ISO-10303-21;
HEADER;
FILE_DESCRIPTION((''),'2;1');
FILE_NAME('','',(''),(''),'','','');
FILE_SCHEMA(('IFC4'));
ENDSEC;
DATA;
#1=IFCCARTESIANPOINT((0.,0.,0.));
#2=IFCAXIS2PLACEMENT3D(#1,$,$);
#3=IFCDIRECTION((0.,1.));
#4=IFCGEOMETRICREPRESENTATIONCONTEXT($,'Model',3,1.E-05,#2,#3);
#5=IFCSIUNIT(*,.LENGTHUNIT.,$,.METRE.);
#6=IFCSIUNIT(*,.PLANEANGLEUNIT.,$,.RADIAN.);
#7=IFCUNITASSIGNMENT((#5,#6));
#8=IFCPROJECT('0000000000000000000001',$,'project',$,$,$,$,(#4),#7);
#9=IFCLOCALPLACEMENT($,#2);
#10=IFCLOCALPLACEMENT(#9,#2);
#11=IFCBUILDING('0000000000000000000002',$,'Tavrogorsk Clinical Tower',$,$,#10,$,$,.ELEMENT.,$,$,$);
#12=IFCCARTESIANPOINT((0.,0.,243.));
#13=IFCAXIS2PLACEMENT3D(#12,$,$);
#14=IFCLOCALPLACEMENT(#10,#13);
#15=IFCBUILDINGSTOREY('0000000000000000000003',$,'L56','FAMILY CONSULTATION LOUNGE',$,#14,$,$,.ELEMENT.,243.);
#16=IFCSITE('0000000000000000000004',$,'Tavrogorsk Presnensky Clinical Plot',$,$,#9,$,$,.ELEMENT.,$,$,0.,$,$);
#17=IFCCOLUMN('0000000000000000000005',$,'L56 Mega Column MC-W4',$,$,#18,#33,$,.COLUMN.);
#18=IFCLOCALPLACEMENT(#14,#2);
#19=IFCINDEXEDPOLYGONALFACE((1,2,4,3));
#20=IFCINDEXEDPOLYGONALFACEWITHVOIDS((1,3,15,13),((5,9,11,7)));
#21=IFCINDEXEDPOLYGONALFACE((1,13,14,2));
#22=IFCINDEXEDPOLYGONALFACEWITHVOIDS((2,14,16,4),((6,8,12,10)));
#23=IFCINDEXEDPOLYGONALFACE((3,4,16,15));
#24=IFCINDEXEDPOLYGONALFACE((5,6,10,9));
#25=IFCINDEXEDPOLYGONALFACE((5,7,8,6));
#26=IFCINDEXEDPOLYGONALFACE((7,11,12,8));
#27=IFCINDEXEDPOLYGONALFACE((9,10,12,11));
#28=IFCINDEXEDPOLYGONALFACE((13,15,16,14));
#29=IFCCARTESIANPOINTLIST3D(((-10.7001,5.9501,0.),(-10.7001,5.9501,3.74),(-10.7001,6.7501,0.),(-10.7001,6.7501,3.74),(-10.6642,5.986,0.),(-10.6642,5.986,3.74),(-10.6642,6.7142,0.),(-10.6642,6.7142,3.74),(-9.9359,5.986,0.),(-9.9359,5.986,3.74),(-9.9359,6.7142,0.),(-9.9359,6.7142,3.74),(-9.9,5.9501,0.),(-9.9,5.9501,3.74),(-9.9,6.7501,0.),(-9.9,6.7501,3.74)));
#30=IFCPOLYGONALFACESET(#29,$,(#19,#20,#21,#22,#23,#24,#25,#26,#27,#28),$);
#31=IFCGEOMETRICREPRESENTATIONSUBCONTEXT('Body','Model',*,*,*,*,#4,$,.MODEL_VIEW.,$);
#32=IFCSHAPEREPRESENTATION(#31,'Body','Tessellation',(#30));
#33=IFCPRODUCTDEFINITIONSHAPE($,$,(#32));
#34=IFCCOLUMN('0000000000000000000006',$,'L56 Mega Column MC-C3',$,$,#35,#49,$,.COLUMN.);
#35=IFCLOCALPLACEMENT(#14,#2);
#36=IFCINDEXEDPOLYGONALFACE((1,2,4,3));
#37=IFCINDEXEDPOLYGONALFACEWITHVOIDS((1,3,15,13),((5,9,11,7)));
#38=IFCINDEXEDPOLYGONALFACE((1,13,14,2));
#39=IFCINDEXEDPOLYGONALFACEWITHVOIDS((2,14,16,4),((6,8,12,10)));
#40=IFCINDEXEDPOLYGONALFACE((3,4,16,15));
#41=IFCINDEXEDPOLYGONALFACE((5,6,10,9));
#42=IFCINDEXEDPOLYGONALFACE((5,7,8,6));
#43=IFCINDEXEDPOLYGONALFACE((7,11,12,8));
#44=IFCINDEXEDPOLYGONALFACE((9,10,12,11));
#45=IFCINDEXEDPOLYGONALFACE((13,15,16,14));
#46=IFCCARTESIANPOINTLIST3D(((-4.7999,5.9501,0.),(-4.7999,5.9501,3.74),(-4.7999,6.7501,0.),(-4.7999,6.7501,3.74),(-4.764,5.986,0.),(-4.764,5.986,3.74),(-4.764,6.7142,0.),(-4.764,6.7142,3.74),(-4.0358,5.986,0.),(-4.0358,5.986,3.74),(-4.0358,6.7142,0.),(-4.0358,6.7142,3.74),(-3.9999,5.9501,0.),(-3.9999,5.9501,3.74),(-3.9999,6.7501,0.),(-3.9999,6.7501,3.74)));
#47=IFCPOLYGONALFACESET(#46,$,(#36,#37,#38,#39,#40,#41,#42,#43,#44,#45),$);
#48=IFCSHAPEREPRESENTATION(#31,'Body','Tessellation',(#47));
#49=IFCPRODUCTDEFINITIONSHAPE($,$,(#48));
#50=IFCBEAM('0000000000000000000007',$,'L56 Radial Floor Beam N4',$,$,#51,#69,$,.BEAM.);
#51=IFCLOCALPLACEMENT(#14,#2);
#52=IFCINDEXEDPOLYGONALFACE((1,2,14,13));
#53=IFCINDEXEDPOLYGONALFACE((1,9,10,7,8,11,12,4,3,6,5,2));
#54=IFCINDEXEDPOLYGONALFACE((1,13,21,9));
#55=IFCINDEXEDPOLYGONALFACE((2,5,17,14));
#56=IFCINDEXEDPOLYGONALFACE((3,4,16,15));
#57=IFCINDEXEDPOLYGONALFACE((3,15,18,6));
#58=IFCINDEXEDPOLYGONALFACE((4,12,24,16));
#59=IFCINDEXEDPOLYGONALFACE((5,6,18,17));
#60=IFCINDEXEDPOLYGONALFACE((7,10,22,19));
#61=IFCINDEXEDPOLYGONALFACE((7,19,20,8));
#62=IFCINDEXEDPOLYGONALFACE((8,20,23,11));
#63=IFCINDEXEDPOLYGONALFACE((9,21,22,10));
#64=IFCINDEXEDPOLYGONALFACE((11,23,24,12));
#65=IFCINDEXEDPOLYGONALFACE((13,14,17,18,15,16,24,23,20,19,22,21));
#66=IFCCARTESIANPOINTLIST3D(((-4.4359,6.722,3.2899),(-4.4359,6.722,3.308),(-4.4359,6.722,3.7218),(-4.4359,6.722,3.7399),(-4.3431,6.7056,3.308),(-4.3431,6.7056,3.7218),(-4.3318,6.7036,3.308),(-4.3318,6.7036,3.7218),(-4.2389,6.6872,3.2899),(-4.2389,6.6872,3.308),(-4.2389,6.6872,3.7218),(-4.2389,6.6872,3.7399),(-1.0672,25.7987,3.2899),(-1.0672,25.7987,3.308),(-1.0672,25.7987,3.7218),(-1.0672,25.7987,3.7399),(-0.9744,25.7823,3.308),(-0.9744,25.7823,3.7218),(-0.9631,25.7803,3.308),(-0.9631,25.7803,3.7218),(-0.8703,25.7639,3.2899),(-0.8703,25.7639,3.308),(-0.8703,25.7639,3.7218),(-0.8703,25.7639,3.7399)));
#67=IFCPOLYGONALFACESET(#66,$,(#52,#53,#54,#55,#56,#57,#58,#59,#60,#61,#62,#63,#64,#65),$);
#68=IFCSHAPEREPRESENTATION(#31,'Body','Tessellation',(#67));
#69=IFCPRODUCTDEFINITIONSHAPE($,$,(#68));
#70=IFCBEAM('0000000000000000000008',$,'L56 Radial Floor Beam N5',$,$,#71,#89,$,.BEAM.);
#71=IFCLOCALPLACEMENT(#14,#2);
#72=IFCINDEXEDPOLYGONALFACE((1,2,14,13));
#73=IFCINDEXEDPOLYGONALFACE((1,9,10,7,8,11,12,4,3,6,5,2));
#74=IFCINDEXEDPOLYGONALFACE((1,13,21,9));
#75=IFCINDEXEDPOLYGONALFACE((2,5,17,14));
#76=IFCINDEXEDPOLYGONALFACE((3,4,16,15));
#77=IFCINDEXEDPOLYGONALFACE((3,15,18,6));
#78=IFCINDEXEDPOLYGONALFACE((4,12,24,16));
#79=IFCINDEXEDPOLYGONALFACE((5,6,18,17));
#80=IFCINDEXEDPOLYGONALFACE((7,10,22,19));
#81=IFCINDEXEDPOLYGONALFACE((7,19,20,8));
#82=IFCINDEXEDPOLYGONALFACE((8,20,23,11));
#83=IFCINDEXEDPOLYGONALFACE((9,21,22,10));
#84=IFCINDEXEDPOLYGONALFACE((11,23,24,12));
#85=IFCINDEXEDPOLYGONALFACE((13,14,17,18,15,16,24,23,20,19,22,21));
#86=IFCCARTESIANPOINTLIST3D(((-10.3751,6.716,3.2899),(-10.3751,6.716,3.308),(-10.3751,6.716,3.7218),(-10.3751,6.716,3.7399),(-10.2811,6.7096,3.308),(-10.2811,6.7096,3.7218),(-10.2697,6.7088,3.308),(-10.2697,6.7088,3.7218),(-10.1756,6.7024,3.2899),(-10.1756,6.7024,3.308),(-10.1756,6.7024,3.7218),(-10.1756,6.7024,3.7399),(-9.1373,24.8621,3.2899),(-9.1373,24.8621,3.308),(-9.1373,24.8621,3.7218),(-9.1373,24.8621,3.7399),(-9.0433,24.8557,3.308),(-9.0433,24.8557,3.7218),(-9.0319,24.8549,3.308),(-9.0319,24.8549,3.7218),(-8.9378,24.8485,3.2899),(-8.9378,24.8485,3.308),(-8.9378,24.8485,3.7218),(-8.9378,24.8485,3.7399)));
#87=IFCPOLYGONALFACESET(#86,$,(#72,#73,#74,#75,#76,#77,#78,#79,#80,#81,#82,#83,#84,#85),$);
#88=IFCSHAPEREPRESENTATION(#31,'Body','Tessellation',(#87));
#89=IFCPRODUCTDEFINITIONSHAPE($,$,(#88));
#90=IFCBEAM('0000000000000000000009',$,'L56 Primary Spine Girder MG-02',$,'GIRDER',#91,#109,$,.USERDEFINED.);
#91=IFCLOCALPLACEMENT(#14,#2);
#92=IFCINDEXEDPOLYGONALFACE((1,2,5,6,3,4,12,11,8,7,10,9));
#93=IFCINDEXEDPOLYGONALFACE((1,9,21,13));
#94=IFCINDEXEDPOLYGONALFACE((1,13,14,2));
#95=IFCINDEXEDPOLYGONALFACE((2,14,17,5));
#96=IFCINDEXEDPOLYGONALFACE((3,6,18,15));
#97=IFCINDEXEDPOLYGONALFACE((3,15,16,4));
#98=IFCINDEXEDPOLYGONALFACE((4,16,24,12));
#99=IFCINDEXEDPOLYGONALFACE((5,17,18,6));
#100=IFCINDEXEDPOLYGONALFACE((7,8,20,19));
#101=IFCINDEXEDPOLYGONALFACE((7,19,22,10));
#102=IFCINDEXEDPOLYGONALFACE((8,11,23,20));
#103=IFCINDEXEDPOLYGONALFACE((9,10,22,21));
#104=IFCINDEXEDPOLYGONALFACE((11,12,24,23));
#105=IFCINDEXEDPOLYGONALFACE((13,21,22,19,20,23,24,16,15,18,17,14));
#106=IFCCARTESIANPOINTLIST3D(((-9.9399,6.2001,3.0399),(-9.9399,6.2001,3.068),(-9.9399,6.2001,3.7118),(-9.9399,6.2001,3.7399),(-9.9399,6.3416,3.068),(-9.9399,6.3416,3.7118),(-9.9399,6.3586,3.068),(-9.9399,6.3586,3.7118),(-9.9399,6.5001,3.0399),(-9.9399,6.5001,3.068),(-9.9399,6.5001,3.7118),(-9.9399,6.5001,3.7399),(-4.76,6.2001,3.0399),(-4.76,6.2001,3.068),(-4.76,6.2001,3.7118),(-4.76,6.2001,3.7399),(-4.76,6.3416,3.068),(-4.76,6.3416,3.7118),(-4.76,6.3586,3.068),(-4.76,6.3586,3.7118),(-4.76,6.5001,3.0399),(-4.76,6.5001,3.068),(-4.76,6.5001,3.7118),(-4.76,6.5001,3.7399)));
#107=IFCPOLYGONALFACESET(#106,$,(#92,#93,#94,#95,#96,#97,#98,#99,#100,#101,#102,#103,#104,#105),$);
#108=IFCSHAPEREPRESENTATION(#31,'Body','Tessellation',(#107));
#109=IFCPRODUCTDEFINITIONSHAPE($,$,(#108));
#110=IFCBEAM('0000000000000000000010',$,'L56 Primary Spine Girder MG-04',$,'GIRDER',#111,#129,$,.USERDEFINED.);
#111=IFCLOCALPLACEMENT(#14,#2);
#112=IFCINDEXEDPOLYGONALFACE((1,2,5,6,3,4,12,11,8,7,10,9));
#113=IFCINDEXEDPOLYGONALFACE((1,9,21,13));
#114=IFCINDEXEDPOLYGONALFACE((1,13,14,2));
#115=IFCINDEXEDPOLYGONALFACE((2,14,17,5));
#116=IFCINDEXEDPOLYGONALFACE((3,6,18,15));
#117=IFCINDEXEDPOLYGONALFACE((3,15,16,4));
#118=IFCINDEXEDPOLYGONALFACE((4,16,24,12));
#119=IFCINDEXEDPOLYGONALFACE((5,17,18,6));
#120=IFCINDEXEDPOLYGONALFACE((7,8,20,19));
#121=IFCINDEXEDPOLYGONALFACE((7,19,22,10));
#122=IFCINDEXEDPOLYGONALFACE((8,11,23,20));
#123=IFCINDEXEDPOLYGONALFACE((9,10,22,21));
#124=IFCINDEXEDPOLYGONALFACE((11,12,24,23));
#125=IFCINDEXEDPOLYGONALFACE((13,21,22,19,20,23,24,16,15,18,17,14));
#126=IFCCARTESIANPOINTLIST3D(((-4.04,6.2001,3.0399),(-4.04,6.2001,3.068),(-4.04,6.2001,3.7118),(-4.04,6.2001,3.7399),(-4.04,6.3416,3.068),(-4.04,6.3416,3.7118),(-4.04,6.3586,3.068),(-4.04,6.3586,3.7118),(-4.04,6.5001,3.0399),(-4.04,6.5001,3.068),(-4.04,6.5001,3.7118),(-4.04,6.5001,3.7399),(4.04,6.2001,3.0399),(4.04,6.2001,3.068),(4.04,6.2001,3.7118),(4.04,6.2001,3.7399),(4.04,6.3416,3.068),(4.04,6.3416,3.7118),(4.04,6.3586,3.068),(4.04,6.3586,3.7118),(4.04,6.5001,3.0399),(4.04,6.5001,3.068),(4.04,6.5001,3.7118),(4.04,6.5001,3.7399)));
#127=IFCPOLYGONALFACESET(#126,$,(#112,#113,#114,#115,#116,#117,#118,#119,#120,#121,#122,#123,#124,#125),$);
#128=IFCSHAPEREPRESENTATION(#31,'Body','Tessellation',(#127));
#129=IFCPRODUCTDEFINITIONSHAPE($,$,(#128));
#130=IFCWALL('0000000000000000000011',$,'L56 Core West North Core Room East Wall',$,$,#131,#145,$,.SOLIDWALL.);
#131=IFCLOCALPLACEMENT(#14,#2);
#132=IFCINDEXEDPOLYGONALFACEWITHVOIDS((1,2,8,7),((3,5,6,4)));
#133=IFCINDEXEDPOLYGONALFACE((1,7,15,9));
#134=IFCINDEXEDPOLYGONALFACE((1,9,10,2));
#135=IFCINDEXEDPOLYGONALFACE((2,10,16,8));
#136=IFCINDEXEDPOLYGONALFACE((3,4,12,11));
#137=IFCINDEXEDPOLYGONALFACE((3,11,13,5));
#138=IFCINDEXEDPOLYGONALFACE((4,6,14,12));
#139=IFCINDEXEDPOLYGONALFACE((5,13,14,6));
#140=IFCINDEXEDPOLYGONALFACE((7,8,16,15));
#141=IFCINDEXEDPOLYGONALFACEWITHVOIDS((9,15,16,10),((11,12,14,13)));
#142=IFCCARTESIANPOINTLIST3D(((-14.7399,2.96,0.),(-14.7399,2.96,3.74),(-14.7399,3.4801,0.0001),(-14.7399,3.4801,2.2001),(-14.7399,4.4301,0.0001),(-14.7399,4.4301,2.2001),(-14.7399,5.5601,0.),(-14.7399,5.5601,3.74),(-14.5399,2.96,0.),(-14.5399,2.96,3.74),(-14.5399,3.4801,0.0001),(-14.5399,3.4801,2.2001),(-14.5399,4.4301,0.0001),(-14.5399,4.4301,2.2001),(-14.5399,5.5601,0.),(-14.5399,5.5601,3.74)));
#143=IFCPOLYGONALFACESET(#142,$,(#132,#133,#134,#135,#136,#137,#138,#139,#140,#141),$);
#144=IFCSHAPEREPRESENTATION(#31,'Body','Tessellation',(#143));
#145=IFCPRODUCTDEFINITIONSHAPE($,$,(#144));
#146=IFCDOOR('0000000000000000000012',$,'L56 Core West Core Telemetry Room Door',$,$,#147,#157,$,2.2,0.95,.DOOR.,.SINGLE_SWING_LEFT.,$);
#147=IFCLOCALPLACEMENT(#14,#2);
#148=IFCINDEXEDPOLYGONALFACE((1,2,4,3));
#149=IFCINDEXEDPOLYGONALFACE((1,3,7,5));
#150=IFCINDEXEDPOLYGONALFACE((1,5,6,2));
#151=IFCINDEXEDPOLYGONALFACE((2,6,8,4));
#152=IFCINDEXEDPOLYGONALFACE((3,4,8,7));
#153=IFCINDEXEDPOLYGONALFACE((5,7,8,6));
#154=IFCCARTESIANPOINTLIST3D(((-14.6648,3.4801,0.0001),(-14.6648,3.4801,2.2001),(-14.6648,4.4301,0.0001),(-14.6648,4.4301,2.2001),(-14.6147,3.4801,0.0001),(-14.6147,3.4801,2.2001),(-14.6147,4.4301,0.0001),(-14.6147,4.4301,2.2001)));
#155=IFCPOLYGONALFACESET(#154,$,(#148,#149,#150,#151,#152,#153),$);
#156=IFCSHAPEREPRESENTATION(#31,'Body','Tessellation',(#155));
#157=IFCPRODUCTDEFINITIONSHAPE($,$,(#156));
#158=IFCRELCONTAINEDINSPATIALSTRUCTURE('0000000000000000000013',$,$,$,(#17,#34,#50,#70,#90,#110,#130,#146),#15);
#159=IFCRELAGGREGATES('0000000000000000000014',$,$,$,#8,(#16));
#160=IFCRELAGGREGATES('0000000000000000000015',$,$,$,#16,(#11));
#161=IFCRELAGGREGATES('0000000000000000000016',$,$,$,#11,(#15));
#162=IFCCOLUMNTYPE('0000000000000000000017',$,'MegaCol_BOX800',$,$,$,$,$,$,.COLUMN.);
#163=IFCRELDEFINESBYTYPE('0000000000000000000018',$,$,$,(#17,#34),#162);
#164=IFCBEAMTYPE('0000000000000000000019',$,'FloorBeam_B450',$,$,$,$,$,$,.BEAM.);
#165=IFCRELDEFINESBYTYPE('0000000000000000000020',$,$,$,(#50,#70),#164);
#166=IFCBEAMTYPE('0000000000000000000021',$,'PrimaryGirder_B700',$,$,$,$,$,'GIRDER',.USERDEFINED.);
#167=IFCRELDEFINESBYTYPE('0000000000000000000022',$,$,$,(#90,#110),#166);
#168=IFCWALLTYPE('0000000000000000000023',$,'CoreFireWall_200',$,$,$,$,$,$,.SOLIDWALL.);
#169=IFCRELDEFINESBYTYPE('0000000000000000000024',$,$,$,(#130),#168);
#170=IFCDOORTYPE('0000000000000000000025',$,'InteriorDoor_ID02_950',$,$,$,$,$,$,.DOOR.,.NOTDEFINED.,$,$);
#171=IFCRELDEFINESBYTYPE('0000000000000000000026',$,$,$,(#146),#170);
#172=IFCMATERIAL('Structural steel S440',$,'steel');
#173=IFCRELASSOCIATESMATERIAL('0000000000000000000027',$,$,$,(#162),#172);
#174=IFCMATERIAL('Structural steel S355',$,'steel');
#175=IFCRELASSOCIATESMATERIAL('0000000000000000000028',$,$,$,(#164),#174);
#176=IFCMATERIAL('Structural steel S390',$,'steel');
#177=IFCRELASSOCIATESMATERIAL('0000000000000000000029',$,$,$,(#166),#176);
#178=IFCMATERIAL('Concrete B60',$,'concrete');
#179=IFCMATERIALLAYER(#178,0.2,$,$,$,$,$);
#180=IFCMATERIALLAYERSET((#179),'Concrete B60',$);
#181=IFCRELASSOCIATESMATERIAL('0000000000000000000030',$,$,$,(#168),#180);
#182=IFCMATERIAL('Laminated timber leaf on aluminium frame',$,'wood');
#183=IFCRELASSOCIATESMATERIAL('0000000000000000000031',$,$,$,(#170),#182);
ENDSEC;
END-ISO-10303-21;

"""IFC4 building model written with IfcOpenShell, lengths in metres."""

from ifc_helpers import new_model, si_unit, direction, frame, frame_2d, origin, origin_2d, place, context, subcontext, project, spatial, rectangle, hollow_rectangle, i_section, extrude, material, layer, layer_set, material_profile, profile_set, type_object, element, fill, save


model = new_model("IFC4")

# Units and contexts
model_context = context("Model", 3, precision=1e-05, world=origin(), true_north=direction((0.0, 1.0)))
body_context = subcontext(model_context, "Body", "Model", "MODEL_VIEW")
ifc_project = project(units=[si_unit("LENGTHUNIT", "METRE"), si_unit("PLANEANGLEUNIT", "RADIAN")], contexts=[model_context])

# Site, building, storey
site_placement = place(None, origin())
site = spatial("IfcSite", under=ifc_project, at=site_placement, Name="Tavrogorsk Presnensky Clinical Plot", CompositionType="ELEMENT", RefElevation=0.0)
building_placement = place(site_placement, origin())
building = spatial("IfcBuilding", under=site, at=building_placement, Name="Tavrogorsk Clinical Tower", CompositionType="ELEMENT")
storey_placement = place(building_placement, frame((0.0, 0.0, 243.0)))
storey = spatial("IfcBuildingStorey", under=building, at=storey_placement, Name="L56", Description="FAMILY CONSULTATION LOUNGE", CompositionType="ELEMENT", Elevation=243.0)

# Columns
ifc_material_1 = material(Name="Structural steel S440", Category="steel")
ifc_material_profile_1 = material_profile(ifc_material_1, hollow_rectangle(XDim=0.8, YDim=0.8, WallThickness=0.0359, at=origin_2d()), Name="BOX-800x800x36")
ifc_profile_set_1 = profile_set([ifc_material_profile_1], Name="Structural steel S440")
column_type = type_object("IfcColumnType", Name="MegaCol_BOX800", PredefinedType="COLUMN", material=ifc_profile_set_1)
for number, where, z_axis, x_axis, name in (
    (1, (-10.3, 6.3501, 0.0), (0.0, 0.0, 1.0), (1.0, 0.0, 0.0), "L56 Mega Column MC-W4"),
    (2, (-4.3999, 6.3501, 0.0), (0.0, 0.0, 1.0), (1.0, 0.0, 0.0), "L56 Mega Column MC-C3"),
):
    element("IfcColumn", number, at=place(storey_placement, frame(where, z_axis=z_axis, x_axis=x_axis)), inside=storey, type_object=column_type, Name=name, PredefinedType="COLUMN", context=body_context, shape_type="SweptSolid", body=[
        extrude(hollow_rectangle(XDim=0.8, YDim=0.8, WallThickness=0.0359, at=origin_2d()), origin(), (0.0, 0.0, 1.0), 3.74),
    ])

# Beams
ifc_material_2 = material(Name="Structural steel S355", Category="steel")
ifc_material_profile_2 = material_profile(ifc_material_2, i_section(OverallWidth=0.2, OverallDepth=0.45, WebThickness=0.0115, FlangeThickness=0.0181, at=origin_2d()), Name="B-450x200x11.5x18")
ifc_profile_set_2 = profile_set([ifc_material_profile_2], Name="Structural steel S355")
beam_type_1 = type_object("IfcBeamType", Name="FloorBeam_B450", PredefinedType="BEAM", material=ifc_profile_set_2)
beam_1_placement = place(storey_placement, frame((-4.3374, 6.7046, 3.5149), z_axis=(0.173895, 0.984764, 0.0), x_axis=(-0.984764, 0.173895, 0.0)))
element("IfcBeam", 3, at=beam_1_placement, inside=storey, type_object=beam_type_1, Name="L56 Radial Floor Beam N4", PredefinedType="BEAM", context=body_context, shape_type="SweptSolid", body=[
    extrude(i_section(OverallWidth=0.2, OverallDepth=0.45, WebThickness=0.0115, FlangeThickness=0.0181, at=origin_2d()), origin(), (0.0, 0.0, 1.0), 19.3718),
])
beam_2_placement = place(storey_placement, frame((-10.2754, 6.7092, 3.5149), z_axis=(0.068055, 0.997682, 0.0), x_axis=(-0.997682, 0.068055, 0.0)))
element("IfcBeam", 4, at=beam_2_placement, inside=storey, type_object=beam_type_1, Name="L56 Radial Floor Beam N5", PredefinedType="BEAM", context=body_context, shape_type="SweptSolid", body=[
    extrude(i_section(OverallWidth=0.2, OverallDepth=0.45, WebThickness=0.0115, FlangeThickness=0.0181, at=origin_2d()), origin(), (0.0, 0.0, 1.0), 18.1882),
])
ifc_material_3 = material(Name="Structural steel S390", Category="steel")
ifc_material_profile_3 = material_profile(ifc_material_3, i_section(OverallWidth=0.3, OverallDepth=0.7, WebThickness=0.0171, FlangeThickness=0.0281, at=origin_2d()), Name="B-700x300x17x28")
ifc_profile_set_3 = profile_set([ifc_material_profile_3], Name="Structural steel S390")
beam_type_2 = type_object("IfcBeamType", Name="PrimaryGirder_B700", ElementType="GIRDER", PredefinedType="USERDEFINED", material=ifc_profile_set_3)
beam_3_placement = place(storey_placement, frame((-9.9399, 6.3501, 3.3899), z_axis=(1.0, 0.0, 0.0), x_axis=(0.0, 1.0, 0.0)))
element("IfcBeam", 5, at=beam_3_placement, inside=storey, type_object=beam_type_2, Name="L56 Primary Spine Girder MG-02", ObjectType="GIRDER", PredefinedType="USERDEFINED", context=body_context, shape_type="SweptSolid", body=[
    extrude(i_section(OverallWidth=0.3, OverallDepth=0.7, WebThickness=0.0171, FlangeThickness=0.0281, at=origin_2d()), origin(), (0.0, 0.0, 1.0), 5.1799),
])
beam_4_placement = place(storey_placement, frame((-4.04, 6.3501, 3.3899), z_axis=(1.0, 0.0, 0.0), x_axis=(0.0, 1.0, 0.0)))
element("IfcBeam", 6, at=beam_4_placement, inside=storey, type_object=beam_type_2, Name="L56 Primary Spine Girder MG-04", ObjectType="GIRDER", PredefinedType="USERDEFINED", context=body_context, shape_type="SweptSolid", body=[
    extrude(i_section(OverallWidth=0.3, OverallDepth=0.7, WebThickness=0.0171, FlangeThickness=0.0281, at=origin_2d()), origin(), (0.0, 0.0, 1.0), 8.0801),
])

# Wall, opening, door
ifc_material_4 = material(Name="Concrete B60", Category="concrete")
ifc_layer_1 = layer(ifc_material_4, 0.2)
ifc_layer_set_1 = layer_set([ifc_layer_1], Name="Concrete B60")
wall_type_1 = type_object("IfcWallType", Name="CoreFireWall_200", PredefinedType="SOLIDWALL", material=ifc_layer_set_1)
wall_1_placement = place(storey_placement, frame((-14.6399, 2.96, 0.0), z_axis=(0.0, 0.0, 1.0), x_axis=(0.0, 1.0, 0.0)))
wall_1 = element("IfcWall", 7, at=wall_1_placement, inside=storey, type_object=wall_type_1, Name="L56 Core West North Core Room East Wall", PredefinedType="SOLIDWALL", context=body_context, shape_type="SweptSolid", body=[
    extrude(rectangle(XDim=2.6001, YDim=0.2, at=frame_2d((1.3, 0.0))), origin(), (0.0, 0.0, 1.0), 3.74),
])
opening_1_placement = place(wall_1_placement, frame((0.52, 0.0, 0.0)))
opening_1 = element("IfcOpeningElement", 8, at=opening_1_placement, cuts=wall_1, PredefinedType="OPENING", context=body_context, shape_type="SweptSolid", body=[
    extrude(rectangle(XDim=0.95, YDim=2.2, at=frame_2d((0.4751, 1.1001))), frame((0.0, 0.1099, 0.0), z_axis=(0.0, -1.0, 0.0), x_axis=(1.0, 0.0, 0.0)), (0.0, 0.0, 1.0), 0.22),
])
ifc_material_5 = material(Name="Laminated timber leaf on aluminium frame", Category="wood")
door_type_1 = type_object("IfcDoorType", Name="InteriorDoor_ID02_950", OperationType="NOTDEFINED", PredefinedType="DOOR", material=ifc_material_5)
door_1_placement = place(opening_1_placement, origin())
door_1 = element("IfcDoor", 9, at=door_1_placement, inside=storey, type_object=door_type_1, Name="L56 Core West Core Telemetry Room Door", OperationType="SINGLE_SWING_LEFT", OverallHeight=2.2, OverallWidth=0.95, PredefinedType="DOOR", context=body_context, shape_type="SweptSolid", body=[
    extrude(rectangle(XDim=0.95, YDim=2.2, at=frame_2d((0.4751, 1.1001))), frame((0.0, 0.0249, 0.0), z_axis=(0.0, -1.0, 0.0), x_axis=(1.0, 0.0, 0.0)), (0.0, 0.0, 1.0), 0.05),
])
fill(opening_1, door_1)

save(model, "model.ifc")
